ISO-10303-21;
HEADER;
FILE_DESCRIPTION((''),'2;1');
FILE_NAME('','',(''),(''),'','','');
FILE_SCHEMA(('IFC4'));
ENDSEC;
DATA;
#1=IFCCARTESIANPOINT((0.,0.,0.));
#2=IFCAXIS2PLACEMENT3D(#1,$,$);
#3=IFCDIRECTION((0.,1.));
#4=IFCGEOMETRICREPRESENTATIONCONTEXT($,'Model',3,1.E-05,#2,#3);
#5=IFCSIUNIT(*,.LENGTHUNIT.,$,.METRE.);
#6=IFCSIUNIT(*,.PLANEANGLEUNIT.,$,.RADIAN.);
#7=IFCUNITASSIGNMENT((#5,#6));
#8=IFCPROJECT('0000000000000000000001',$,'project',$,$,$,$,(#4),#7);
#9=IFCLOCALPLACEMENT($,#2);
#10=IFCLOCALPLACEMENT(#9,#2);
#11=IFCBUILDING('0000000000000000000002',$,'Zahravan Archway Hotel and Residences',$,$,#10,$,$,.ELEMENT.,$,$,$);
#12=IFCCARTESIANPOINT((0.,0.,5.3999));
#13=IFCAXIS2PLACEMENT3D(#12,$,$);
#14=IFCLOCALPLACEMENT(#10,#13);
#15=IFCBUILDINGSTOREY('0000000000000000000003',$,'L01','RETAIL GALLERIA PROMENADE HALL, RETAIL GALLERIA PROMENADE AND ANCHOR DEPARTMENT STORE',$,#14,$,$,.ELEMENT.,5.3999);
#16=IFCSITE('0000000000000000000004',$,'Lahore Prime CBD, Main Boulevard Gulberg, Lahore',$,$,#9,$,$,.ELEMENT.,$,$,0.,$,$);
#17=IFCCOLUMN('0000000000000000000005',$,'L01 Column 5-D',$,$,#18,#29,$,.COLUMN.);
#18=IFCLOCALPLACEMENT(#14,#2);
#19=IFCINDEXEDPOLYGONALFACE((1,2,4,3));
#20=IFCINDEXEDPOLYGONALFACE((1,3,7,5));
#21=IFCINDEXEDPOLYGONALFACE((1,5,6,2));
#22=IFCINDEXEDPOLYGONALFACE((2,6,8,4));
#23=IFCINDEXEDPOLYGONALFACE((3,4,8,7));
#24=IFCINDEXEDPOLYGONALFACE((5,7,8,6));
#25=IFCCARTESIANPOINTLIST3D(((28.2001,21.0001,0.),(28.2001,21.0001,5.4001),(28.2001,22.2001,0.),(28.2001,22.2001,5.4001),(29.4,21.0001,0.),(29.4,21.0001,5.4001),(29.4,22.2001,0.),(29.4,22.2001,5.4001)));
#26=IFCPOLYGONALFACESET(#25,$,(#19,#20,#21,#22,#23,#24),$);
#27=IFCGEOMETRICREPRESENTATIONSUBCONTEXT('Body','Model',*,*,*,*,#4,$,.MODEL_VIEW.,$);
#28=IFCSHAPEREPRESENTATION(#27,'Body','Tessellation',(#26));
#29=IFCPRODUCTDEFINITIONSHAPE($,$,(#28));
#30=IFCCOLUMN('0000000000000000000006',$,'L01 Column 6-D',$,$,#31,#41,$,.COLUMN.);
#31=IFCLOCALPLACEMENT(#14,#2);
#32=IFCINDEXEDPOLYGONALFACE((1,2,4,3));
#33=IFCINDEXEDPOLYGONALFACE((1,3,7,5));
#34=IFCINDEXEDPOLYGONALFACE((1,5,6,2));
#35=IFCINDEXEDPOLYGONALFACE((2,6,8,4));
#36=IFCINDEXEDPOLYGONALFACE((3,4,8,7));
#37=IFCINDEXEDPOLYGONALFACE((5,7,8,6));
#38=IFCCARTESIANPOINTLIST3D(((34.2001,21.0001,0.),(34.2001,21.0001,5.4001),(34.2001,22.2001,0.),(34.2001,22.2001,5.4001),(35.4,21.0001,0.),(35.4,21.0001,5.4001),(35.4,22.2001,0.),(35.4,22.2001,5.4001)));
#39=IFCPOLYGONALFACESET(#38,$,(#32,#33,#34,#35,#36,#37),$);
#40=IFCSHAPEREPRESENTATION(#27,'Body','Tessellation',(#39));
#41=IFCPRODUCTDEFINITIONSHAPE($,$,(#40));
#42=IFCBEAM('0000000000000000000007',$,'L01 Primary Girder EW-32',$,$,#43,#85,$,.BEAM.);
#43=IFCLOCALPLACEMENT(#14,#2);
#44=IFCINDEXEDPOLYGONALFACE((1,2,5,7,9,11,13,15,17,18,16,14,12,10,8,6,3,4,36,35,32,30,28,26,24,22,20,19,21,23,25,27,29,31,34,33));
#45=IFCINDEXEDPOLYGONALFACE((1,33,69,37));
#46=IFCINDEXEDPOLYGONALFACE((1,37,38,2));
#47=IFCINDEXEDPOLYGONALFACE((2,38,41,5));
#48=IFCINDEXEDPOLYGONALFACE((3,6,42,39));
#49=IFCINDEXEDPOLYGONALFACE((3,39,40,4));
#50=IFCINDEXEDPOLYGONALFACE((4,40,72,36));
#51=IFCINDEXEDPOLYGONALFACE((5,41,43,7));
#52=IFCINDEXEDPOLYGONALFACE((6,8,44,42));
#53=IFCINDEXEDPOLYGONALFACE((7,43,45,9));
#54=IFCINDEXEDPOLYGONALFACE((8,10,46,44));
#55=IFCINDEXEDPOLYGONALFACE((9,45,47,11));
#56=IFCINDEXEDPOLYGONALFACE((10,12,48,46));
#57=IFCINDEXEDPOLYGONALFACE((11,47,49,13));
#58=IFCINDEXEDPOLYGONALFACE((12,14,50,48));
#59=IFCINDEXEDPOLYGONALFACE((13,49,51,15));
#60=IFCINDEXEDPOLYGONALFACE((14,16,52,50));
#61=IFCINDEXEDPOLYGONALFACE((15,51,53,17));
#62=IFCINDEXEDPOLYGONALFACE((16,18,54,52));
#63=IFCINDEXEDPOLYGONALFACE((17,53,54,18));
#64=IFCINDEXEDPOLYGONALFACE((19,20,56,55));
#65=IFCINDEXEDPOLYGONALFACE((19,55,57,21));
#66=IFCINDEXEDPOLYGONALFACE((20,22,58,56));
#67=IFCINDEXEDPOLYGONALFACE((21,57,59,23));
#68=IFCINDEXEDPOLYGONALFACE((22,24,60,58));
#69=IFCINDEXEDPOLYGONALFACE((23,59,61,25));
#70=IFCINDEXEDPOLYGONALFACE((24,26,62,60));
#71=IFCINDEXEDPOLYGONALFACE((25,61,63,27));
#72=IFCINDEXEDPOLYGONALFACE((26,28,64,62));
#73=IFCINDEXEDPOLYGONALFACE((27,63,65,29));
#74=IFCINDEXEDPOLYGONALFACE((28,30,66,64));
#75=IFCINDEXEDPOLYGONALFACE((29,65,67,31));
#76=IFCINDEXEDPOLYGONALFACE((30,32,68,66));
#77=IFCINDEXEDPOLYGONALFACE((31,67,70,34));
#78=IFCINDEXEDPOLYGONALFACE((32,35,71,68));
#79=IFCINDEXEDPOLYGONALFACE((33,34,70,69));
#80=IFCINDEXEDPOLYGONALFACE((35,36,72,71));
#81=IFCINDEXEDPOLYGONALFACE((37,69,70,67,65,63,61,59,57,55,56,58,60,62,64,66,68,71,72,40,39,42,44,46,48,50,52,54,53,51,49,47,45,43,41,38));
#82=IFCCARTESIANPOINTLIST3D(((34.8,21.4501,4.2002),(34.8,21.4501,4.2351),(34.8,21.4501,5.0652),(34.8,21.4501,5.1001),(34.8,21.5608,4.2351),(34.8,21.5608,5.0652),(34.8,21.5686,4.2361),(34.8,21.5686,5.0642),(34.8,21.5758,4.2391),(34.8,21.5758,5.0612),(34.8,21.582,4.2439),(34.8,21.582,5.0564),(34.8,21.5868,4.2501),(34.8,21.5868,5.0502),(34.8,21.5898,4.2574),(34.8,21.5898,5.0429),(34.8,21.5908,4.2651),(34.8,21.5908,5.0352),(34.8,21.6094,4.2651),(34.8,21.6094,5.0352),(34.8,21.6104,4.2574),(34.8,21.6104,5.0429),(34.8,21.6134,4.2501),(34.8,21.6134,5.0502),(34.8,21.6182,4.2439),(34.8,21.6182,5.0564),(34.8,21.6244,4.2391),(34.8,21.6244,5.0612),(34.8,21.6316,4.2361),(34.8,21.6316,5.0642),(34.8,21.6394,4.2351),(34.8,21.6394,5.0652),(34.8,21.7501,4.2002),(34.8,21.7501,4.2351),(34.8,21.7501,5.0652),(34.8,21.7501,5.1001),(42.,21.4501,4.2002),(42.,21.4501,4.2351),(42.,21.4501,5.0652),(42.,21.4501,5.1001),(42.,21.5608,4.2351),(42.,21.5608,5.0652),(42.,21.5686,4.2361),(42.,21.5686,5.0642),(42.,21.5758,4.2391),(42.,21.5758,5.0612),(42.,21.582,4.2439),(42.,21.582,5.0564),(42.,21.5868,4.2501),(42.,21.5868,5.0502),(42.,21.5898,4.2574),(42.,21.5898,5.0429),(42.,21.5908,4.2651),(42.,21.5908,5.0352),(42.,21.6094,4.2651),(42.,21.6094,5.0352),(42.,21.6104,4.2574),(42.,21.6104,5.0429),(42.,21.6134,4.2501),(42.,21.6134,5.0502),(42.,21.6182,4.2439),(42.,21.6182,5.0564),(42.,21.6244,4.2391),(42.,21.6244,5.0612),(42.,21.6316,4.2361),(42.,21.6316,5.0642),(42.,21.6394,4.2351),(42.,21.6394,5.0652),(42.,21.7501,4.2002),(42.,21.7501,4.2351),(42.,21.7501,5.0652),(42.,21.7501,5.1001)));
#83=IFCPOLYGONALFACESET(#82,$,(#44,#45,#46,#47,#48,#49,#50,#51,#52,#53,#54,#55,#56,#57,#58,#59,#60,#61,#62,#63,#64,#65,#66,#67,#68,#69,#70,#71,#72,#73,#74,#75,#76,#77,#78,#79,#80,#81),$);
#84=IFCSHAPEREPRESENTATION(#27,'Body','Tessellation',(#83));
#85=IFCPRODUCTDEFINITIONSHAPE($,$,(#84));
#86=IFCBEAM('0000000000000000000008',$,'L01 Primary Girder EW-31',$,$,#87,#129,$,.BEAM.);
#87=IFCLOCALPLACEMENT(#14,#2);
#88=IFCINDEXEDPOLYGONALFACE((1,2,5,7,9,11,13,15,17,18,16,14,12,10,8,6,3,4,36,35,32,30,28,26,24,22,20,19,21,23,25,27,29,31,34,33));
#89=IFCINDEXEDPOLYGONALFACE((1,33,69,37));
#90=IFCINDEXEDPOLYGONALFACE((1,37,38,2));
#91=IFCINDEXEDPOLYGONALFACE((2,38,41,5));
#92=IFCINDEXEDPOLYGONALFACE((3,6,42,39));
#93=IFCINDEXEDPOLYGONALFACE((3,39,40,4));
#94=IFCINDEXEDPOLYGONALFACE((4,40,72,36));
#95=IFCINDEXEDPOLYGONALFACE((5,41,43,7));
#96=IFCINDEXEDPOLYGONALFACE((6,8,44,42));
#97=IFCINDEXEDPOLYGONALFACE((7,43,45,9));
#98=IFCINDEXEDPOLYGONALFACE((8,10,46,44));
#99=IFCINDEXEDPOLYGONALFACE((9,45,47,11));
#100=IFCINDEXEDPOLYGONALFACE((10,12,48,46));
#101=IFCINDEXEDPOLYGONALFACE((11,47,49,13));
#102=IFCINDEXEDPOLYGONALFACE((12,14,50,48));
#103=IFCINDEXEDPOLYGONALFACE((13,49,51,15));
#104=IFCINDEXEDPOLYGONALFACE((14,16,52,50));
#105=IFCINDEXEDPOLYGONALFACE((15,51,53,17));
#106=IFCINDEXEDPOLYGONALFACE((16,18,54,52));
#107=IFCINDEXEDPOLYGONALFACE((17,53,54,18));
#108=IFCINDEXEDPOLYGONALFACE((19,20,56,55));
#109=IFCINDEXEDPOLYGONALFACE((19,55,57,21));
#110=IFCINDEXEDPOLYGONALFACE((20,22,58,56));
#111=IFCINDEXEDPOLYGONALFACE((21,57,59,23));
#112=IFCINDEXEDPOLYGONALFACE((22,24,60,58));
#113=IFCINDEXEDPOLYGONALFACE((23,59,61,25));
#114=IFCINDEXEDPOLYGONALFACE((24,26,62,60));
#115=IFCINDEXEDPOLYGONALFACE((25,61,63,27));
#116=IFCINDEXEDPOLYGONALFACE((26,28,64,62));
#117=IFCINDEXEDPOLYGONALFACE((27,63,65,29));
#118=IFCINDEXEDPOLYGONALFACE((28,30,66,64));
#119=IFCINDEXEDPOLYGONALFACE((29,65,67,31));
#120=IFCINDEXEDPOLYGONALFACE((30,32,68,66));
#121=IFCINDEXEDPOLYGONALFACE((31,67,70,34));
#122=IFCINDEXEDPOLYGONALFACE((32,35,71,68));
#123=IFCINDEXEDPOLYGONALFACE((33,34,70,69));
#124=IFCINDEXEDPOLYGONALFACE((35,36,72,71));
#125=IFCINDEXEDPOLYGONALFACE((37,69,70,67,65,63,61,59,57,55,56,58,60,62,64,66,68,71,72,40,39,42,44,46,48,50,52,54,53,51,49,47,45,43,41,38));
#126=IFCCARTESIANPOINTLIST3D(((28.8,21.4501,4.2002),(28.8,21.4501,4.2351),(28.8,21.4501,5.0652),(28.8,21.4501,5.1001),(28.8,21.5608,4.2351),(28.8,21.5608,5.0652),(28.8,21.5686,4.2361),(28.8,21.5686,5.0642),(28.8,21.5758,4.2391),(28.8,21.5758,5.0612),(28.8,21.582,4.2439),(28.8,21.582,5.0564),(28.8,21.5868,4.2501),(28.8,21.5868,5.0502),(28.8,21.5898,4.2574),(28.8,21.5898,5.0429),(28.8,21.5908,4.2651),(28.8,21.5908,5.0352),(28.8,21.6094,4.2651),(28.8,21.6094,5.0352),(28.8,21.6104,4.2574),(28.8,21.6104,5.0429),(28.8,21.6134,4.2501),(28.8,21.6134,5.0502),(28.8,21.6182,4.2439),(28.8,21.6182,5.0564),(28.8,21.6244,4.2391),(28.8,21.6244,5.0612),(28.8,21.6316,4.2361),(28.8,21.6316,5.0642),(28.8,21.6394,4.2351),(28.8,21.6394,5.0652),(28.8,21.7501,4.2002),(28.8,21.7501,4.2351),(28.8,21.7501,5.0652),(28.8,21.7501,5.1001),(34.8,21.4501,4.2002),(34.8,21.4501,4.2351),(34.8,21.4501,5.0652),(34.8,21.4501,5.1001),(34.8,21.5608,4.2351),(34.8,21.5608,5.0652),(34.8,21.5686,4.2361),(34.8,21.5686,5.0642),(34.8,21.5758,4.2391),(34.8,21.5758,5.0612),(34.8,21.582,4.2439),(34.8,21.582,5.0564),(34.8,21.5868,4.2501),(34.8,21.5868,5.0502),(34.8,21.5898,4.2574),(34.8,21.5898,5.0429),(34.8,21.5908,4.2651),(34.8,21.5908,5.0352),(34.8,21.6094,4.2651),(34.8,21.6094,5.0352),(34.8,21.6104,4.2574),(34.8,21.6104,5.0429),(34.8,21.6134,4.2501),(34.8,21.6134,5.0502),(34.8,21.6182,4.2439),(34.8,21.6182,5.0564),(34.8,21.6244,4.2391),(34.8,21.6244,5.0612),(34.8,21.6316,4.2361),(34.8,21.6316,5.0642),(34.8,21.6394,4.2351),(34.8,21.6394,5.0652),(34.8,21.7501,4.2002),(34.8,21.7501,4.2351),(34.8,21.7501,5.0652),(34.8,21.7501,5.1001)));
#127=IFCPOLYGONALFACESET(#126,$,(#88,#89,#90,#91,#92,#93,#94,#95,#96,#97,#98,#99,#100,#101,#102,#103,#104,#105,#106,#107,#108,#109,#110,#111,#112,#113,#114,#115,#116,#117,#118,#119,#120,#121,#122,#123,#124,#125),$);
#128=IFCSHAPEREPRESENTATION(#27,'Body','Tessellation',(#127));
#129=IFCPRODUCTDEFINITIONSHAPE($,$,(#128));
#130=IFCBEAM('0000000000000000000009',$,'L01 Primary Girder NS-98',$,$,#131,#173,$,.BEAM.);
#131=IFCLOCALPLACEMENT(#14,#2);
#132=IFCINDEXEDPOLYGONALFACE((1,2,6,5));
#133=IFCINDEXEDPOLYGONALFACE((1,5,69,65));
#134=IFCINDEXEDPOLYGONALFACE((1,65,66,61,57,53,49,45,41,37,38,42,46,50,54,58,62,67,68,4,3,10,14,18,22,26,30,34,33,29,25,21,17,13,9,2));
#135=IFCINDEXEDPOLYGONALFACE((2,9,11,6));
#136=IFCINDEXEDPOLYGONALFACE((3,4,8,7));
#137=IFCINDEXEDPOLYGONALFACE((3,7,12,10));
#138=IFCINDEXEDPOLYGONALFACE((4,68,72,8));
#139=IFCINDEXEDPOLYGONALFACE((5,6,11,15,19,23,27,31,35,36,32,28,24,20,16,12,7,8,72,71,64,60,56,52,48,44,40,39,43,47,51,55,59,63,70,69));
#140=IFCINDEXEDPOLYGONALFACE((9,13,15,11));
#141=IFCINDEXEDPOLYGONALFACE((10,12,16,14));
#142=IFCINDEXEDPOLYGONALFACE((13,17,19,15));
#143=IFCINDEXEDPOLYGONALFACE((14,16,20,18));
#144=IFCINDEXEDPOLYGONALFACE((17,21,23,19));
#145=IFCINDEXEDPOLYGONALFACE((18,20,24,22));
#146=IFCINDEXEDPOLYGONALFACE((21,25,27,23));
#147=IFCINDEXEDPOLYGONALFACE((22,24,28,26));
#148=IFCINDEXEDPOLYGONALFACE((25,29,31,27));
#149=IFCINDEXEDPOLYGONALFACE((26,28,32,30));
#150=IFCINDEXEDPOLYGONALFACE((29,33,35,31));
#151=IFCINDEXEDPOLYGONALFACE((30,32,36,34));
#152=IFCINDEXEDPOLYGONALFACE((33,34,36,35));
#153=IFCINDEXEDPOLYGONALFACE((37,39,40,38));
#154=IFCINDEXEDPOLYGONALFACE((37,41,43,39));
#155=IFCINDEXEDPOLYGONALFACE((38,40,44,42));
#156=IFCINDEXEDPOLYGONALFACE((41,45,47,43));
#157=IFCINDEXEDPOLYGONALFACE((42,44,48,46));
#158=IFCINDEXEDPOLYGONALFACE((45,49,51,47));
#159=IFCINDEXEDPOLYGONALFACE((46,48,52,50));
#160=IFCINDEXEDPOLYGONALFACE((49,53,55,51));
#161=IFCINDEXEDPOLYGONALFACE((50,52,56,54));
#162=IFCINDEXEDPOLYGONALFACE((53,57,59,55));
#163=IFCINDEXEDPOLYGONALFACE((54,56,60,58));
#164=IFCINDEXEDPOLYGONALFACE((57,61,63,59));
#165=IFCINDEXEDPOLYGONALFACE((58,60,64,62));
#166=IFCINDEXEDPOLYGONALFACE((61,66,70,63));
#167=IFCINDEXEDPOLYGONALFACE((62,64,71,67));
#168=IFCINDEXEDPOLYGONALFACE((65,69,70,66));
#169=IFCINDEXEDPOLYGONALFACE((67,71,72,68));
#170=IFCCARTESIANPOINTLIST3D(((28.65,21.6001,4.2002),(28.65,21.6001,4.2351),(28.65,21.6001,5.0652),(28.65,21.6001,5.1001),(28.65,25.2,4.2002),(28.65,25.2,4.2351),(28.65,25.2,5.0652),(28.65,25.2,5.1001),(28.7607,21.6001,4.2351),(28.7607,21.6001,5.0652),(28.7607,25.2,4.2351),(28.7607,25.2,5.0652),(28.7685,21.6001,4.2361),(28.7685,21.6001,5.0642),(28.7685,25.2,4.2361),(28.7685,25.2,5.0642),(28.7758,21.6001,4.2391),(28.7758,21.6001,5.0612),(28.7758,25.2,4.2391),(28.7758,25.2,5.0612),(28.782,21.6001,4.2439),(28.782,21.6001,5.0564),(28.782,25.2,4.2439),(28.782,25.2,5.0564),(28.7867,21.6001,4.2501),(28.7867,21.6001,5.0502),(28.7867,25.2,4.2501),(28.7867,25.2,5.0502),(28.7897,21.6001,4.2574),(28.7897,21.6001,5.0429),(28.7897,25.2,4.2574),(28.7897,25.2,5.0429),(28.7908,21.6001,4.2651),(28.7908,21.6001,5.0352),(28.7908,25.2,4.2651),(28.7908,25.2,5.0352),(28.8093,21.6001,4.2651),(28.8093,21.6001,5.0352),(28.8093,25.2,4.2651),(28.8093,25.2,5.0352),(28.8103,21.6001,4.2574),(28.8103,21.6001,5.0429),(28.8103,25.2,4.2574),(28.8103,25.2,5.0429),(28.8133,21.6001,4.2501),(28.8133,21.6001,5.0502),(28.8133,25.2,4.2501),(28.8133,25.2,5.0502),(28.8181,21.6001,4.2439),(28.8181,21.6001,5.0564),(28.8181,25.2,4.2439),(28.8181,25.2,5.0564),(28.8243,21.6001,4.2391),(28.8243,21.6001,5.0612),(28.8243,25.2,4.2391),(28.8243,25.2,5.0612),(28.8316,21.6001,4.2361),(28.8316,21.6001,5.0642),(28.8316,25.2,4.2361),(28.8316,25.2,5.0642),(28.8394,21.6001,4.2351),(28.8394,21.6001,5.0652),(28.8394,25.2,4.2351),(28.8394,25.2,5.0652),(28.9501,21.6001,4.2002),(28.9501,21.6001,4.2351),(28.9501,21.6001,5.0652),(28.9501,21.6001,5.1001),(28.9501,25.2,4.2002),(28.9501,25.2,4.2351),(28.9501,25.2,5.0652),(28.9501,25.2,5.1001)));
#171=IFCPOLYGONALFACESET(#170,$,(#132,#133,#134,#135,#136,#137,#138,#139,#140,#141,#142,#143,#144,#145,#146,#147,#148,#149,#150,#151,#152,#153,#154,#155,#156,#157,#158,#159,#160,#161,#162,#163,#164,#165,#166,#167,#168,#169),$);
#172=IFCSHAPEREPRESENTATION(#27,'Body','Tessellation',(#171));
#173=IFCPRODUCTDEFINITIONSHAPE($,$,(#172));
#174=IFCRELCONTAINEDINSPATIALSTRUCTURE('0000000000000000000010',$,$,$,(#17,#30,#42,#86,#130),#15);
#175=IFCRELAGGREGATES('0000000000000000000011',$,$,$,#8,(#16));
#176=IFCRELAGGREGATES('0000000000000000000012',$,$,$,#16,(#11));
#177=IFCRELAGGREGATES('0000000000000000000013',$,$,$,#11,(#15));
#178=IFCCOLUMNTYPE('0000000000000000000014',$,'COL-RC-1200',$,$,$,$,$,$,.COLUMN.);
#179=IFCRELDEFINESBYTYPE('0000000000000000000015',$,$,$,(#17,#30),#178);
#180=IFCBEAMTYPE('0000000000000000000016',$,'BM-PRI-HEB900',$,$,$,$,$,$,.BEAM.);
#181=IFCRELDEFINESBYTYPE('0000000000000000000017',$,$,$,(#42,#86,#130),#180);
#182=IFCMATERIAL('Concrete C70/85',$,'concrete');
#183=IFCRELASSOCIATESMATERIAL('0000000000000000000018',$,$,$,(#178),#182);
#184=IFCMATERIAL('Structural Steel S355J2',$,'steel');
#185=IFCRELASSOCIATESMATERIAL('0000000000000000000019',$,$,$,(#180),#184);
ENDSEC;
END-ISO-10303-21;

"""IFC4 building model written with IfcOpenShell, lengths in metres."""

from ifc_helpers import new_model, si_unit, direction, frame, origin, origin_2d, place, context, subcontext, project, spatial, rectangle, i_section, extrude, source, transform, mapped, material, material_profile, profile_set, type_object, element, save


model = new_model("IFC4")

# Units and contexts
model_context = context("Model", 3, precision=1e-05, world=origin(), true_north=direction((0.0, 1.0)))
body_context = subcontext(model_context, "Body", "Model", "MODEL_VIEW")
ifc_project = project(units=[si_unit("LENGTHUNIT", "METRE"), si_unit("PLANEANGLEUNIT", "RADIAN")], contexts=[model_context])

# Site, building, storey
site_placement = place(None, origin())
site = spatial("IfcSite", under=ifc_project, at=site_placement, Name="Lahore Prime CBD, Main Boulevard Gulberg, Lahore", CompositionType="ELEMENT", RefElevation=0.0)
building_placement = place(site_placement, origin())
building = spatial("IfcBuilding", under=site, at=building_placement, Name="Zahravan Archway Hotel and Residences", CompositionType="ELEMENT")
storey_placement = place(building_placement, frame((0.0, 0.0, 5.3999)))
storey = spatial("IfcBuildingStorey", under=building, at=storey_placement, Name="L01", Description="RETAIL GALLERIA PROMENADE HALL, RETAIL GALLERIA PROMENADE AND ANCHOR DEPARTMENT STORE", CompositionType="ELEMENT", Elevation=5.3999)

# Columns
ifc_material_1 = material(Name="Concrete C70/85", Category="concrete")
ifc_material_profile_1 = material_profile(ifc_material_1, rectangle(XDim=1.2, YDim=1.2, at=origin_2d()), Name="RC-COL-1200x1200", Category="concrete")
ifc_profile_set_1 = profile_set([ifc_material_profile_1], Name="Concrete C70/85")
column_type = type_object("IfcColumnType", Name="COL-RC-1200", PredefinedType="COLUMN", material=ifc_profile_set_1)
shared_shape_1 = source(origin(), body_context, "Body", "SweptSolid", [
    extrude(rectangle(XDim=1.2, YDim=1.2, at=origin_2d()), origin(), (0.0, 0.0, 1.0), 5.4001),
])
for number, where, z_axis, x_axis, name in (
    (1, (28.8, 21.6001, 0.0), (0.0, 0.0, 1.0), (1.0, 0.0, 0.0), "L01 Column 5-D"),
    (2, (34.8, 21.6001, 0.0), (0.0, 0.0, 1.0), (1.0, 0.0, 0.0), "L01 Column 6-D"),
):
    element("IfcColumn", number, at=place(storey_placement, frame(where, z_axis=z_axis, x_axis=x_axis)), inside=storey, type_object=column_type, Name=name, PredefinedType="COLUMN", context=body_context, shape_type="MappedRepresentation", body=[
        mapped(shared_shape_1, transform((0.0, 0.0, 0.0), scale=1.0)),
    ])

# Beams
ifc_material_2 = material(Name="Structural Steel S355J2", Category="steel")
ifc_material_profile_2 = material_profile(ifc_material_2, i_section(OverallWidth=0.3, OverallDepth=0.8999, WebThickness=0.0186, FlangeThickness=0.0349, FilletRadius=0.03, at=origin_2d()), Name="HEB 900", Category="steel")
ifc_profile_set_2 = profile_set([ifc_material_profile_2], Name="Structural Steel S355J2")
beam_type_1 = type_object("IfcBeamType", Name="BM-PRI-HEB900", PredefinedType="BEAM", material=ifc_profile_set_2)
shared_shape_2 = source(origin(), body_context, "Body", "SweptSolid", [
    extrude(i_section(OverallWidth=0.3, OverallDepth=0.8999, WebThickness=0.0186, FlangeThickness=0.0349, FilletRadius=0.03, at=origin_2d()), origin(), (0.0, 0.0, 1.0), 7.2),
])
beam_1_placement = place(storey_placement, frame((34.8, 21.6001, 4.6501), z_axis=(1.0, 0.0, 0.0), x_axis=(0.0, 1.0, 0.0)))
element("IfcBeam", 3, at=beam_1_placement, inside=storey, type_object=beam_type_1, Name="L01 Primary Girder EW-32", PredefinedType="BEAM", context=body_context, shape_type="MappedRepresentation", body=[
    mapped(shared_shape_2, transform((0.0, 0.0, 0.0), scale=1.0)),
])
shared_shape_3 = source(origin(), body_context, "Body", "SweptSolid", [
    extrude(i_section(OverallWidth=0.3, OverallDepth=0.8999, WebThickness=0.0186, FlangeThickness=0.0349, FilletRadius=0.03, at=origin_2d()), origin(), (0.0, 0.0, 1.0), 6.0),
])
beam_2_placement = place(storey_placement, frame((28.8, 21.6001, 4.6501), z_axis=(1.0, 0.0, 0.0), x_axis=(0.0, 1.0, 0.0)))
element("IfcBeam", 4, at=beam_2_placement, inside=storey, type_object=beam_type_1, Name="L01 Primary Girder EW-31", PredefinedType="BEAM", context=body_context, shape_type="MappedRepresentation", body=[
    mapped(shared_shape_3, transform((0.0, 0.0, 0.0), scale=1.0)),
])
shared_shape_4 = source(origin(), body_context, "Body", "SweptSolid", [
    extrude(i_section(OverallWidth=0.3, OverallDepth=0.8999, WebThickness=0.0186, FlangeThickness=0.0349, FilletRadius=0.03, at=origin_2d()), origin(), (0.0, 0.0, 1.0), 3.5999),
])
for number, where, z_axis, x_axis, name in (
    (5, (28.8, 21.6001, 4.6501), (0.0, 1.0, 0.0), (-1.0, 0.0, 0.0), "L01 Primary Girder NS-98"),
):
    element("IfcBeam", number, at=place(storey_placement, frame(where, z_axis=z_axis, x_axis=x_axis)), inside=storey, type_object=beam_type_1, Name=name, PredefinedType="BEAM", context=body_context, shape_type="MappedRepresentation", body=[
        mapped(shared_shape_4, transform((0.0, 0.0, 0.0), scale=1.0)),
    ])

save(model, "model.ifc")
